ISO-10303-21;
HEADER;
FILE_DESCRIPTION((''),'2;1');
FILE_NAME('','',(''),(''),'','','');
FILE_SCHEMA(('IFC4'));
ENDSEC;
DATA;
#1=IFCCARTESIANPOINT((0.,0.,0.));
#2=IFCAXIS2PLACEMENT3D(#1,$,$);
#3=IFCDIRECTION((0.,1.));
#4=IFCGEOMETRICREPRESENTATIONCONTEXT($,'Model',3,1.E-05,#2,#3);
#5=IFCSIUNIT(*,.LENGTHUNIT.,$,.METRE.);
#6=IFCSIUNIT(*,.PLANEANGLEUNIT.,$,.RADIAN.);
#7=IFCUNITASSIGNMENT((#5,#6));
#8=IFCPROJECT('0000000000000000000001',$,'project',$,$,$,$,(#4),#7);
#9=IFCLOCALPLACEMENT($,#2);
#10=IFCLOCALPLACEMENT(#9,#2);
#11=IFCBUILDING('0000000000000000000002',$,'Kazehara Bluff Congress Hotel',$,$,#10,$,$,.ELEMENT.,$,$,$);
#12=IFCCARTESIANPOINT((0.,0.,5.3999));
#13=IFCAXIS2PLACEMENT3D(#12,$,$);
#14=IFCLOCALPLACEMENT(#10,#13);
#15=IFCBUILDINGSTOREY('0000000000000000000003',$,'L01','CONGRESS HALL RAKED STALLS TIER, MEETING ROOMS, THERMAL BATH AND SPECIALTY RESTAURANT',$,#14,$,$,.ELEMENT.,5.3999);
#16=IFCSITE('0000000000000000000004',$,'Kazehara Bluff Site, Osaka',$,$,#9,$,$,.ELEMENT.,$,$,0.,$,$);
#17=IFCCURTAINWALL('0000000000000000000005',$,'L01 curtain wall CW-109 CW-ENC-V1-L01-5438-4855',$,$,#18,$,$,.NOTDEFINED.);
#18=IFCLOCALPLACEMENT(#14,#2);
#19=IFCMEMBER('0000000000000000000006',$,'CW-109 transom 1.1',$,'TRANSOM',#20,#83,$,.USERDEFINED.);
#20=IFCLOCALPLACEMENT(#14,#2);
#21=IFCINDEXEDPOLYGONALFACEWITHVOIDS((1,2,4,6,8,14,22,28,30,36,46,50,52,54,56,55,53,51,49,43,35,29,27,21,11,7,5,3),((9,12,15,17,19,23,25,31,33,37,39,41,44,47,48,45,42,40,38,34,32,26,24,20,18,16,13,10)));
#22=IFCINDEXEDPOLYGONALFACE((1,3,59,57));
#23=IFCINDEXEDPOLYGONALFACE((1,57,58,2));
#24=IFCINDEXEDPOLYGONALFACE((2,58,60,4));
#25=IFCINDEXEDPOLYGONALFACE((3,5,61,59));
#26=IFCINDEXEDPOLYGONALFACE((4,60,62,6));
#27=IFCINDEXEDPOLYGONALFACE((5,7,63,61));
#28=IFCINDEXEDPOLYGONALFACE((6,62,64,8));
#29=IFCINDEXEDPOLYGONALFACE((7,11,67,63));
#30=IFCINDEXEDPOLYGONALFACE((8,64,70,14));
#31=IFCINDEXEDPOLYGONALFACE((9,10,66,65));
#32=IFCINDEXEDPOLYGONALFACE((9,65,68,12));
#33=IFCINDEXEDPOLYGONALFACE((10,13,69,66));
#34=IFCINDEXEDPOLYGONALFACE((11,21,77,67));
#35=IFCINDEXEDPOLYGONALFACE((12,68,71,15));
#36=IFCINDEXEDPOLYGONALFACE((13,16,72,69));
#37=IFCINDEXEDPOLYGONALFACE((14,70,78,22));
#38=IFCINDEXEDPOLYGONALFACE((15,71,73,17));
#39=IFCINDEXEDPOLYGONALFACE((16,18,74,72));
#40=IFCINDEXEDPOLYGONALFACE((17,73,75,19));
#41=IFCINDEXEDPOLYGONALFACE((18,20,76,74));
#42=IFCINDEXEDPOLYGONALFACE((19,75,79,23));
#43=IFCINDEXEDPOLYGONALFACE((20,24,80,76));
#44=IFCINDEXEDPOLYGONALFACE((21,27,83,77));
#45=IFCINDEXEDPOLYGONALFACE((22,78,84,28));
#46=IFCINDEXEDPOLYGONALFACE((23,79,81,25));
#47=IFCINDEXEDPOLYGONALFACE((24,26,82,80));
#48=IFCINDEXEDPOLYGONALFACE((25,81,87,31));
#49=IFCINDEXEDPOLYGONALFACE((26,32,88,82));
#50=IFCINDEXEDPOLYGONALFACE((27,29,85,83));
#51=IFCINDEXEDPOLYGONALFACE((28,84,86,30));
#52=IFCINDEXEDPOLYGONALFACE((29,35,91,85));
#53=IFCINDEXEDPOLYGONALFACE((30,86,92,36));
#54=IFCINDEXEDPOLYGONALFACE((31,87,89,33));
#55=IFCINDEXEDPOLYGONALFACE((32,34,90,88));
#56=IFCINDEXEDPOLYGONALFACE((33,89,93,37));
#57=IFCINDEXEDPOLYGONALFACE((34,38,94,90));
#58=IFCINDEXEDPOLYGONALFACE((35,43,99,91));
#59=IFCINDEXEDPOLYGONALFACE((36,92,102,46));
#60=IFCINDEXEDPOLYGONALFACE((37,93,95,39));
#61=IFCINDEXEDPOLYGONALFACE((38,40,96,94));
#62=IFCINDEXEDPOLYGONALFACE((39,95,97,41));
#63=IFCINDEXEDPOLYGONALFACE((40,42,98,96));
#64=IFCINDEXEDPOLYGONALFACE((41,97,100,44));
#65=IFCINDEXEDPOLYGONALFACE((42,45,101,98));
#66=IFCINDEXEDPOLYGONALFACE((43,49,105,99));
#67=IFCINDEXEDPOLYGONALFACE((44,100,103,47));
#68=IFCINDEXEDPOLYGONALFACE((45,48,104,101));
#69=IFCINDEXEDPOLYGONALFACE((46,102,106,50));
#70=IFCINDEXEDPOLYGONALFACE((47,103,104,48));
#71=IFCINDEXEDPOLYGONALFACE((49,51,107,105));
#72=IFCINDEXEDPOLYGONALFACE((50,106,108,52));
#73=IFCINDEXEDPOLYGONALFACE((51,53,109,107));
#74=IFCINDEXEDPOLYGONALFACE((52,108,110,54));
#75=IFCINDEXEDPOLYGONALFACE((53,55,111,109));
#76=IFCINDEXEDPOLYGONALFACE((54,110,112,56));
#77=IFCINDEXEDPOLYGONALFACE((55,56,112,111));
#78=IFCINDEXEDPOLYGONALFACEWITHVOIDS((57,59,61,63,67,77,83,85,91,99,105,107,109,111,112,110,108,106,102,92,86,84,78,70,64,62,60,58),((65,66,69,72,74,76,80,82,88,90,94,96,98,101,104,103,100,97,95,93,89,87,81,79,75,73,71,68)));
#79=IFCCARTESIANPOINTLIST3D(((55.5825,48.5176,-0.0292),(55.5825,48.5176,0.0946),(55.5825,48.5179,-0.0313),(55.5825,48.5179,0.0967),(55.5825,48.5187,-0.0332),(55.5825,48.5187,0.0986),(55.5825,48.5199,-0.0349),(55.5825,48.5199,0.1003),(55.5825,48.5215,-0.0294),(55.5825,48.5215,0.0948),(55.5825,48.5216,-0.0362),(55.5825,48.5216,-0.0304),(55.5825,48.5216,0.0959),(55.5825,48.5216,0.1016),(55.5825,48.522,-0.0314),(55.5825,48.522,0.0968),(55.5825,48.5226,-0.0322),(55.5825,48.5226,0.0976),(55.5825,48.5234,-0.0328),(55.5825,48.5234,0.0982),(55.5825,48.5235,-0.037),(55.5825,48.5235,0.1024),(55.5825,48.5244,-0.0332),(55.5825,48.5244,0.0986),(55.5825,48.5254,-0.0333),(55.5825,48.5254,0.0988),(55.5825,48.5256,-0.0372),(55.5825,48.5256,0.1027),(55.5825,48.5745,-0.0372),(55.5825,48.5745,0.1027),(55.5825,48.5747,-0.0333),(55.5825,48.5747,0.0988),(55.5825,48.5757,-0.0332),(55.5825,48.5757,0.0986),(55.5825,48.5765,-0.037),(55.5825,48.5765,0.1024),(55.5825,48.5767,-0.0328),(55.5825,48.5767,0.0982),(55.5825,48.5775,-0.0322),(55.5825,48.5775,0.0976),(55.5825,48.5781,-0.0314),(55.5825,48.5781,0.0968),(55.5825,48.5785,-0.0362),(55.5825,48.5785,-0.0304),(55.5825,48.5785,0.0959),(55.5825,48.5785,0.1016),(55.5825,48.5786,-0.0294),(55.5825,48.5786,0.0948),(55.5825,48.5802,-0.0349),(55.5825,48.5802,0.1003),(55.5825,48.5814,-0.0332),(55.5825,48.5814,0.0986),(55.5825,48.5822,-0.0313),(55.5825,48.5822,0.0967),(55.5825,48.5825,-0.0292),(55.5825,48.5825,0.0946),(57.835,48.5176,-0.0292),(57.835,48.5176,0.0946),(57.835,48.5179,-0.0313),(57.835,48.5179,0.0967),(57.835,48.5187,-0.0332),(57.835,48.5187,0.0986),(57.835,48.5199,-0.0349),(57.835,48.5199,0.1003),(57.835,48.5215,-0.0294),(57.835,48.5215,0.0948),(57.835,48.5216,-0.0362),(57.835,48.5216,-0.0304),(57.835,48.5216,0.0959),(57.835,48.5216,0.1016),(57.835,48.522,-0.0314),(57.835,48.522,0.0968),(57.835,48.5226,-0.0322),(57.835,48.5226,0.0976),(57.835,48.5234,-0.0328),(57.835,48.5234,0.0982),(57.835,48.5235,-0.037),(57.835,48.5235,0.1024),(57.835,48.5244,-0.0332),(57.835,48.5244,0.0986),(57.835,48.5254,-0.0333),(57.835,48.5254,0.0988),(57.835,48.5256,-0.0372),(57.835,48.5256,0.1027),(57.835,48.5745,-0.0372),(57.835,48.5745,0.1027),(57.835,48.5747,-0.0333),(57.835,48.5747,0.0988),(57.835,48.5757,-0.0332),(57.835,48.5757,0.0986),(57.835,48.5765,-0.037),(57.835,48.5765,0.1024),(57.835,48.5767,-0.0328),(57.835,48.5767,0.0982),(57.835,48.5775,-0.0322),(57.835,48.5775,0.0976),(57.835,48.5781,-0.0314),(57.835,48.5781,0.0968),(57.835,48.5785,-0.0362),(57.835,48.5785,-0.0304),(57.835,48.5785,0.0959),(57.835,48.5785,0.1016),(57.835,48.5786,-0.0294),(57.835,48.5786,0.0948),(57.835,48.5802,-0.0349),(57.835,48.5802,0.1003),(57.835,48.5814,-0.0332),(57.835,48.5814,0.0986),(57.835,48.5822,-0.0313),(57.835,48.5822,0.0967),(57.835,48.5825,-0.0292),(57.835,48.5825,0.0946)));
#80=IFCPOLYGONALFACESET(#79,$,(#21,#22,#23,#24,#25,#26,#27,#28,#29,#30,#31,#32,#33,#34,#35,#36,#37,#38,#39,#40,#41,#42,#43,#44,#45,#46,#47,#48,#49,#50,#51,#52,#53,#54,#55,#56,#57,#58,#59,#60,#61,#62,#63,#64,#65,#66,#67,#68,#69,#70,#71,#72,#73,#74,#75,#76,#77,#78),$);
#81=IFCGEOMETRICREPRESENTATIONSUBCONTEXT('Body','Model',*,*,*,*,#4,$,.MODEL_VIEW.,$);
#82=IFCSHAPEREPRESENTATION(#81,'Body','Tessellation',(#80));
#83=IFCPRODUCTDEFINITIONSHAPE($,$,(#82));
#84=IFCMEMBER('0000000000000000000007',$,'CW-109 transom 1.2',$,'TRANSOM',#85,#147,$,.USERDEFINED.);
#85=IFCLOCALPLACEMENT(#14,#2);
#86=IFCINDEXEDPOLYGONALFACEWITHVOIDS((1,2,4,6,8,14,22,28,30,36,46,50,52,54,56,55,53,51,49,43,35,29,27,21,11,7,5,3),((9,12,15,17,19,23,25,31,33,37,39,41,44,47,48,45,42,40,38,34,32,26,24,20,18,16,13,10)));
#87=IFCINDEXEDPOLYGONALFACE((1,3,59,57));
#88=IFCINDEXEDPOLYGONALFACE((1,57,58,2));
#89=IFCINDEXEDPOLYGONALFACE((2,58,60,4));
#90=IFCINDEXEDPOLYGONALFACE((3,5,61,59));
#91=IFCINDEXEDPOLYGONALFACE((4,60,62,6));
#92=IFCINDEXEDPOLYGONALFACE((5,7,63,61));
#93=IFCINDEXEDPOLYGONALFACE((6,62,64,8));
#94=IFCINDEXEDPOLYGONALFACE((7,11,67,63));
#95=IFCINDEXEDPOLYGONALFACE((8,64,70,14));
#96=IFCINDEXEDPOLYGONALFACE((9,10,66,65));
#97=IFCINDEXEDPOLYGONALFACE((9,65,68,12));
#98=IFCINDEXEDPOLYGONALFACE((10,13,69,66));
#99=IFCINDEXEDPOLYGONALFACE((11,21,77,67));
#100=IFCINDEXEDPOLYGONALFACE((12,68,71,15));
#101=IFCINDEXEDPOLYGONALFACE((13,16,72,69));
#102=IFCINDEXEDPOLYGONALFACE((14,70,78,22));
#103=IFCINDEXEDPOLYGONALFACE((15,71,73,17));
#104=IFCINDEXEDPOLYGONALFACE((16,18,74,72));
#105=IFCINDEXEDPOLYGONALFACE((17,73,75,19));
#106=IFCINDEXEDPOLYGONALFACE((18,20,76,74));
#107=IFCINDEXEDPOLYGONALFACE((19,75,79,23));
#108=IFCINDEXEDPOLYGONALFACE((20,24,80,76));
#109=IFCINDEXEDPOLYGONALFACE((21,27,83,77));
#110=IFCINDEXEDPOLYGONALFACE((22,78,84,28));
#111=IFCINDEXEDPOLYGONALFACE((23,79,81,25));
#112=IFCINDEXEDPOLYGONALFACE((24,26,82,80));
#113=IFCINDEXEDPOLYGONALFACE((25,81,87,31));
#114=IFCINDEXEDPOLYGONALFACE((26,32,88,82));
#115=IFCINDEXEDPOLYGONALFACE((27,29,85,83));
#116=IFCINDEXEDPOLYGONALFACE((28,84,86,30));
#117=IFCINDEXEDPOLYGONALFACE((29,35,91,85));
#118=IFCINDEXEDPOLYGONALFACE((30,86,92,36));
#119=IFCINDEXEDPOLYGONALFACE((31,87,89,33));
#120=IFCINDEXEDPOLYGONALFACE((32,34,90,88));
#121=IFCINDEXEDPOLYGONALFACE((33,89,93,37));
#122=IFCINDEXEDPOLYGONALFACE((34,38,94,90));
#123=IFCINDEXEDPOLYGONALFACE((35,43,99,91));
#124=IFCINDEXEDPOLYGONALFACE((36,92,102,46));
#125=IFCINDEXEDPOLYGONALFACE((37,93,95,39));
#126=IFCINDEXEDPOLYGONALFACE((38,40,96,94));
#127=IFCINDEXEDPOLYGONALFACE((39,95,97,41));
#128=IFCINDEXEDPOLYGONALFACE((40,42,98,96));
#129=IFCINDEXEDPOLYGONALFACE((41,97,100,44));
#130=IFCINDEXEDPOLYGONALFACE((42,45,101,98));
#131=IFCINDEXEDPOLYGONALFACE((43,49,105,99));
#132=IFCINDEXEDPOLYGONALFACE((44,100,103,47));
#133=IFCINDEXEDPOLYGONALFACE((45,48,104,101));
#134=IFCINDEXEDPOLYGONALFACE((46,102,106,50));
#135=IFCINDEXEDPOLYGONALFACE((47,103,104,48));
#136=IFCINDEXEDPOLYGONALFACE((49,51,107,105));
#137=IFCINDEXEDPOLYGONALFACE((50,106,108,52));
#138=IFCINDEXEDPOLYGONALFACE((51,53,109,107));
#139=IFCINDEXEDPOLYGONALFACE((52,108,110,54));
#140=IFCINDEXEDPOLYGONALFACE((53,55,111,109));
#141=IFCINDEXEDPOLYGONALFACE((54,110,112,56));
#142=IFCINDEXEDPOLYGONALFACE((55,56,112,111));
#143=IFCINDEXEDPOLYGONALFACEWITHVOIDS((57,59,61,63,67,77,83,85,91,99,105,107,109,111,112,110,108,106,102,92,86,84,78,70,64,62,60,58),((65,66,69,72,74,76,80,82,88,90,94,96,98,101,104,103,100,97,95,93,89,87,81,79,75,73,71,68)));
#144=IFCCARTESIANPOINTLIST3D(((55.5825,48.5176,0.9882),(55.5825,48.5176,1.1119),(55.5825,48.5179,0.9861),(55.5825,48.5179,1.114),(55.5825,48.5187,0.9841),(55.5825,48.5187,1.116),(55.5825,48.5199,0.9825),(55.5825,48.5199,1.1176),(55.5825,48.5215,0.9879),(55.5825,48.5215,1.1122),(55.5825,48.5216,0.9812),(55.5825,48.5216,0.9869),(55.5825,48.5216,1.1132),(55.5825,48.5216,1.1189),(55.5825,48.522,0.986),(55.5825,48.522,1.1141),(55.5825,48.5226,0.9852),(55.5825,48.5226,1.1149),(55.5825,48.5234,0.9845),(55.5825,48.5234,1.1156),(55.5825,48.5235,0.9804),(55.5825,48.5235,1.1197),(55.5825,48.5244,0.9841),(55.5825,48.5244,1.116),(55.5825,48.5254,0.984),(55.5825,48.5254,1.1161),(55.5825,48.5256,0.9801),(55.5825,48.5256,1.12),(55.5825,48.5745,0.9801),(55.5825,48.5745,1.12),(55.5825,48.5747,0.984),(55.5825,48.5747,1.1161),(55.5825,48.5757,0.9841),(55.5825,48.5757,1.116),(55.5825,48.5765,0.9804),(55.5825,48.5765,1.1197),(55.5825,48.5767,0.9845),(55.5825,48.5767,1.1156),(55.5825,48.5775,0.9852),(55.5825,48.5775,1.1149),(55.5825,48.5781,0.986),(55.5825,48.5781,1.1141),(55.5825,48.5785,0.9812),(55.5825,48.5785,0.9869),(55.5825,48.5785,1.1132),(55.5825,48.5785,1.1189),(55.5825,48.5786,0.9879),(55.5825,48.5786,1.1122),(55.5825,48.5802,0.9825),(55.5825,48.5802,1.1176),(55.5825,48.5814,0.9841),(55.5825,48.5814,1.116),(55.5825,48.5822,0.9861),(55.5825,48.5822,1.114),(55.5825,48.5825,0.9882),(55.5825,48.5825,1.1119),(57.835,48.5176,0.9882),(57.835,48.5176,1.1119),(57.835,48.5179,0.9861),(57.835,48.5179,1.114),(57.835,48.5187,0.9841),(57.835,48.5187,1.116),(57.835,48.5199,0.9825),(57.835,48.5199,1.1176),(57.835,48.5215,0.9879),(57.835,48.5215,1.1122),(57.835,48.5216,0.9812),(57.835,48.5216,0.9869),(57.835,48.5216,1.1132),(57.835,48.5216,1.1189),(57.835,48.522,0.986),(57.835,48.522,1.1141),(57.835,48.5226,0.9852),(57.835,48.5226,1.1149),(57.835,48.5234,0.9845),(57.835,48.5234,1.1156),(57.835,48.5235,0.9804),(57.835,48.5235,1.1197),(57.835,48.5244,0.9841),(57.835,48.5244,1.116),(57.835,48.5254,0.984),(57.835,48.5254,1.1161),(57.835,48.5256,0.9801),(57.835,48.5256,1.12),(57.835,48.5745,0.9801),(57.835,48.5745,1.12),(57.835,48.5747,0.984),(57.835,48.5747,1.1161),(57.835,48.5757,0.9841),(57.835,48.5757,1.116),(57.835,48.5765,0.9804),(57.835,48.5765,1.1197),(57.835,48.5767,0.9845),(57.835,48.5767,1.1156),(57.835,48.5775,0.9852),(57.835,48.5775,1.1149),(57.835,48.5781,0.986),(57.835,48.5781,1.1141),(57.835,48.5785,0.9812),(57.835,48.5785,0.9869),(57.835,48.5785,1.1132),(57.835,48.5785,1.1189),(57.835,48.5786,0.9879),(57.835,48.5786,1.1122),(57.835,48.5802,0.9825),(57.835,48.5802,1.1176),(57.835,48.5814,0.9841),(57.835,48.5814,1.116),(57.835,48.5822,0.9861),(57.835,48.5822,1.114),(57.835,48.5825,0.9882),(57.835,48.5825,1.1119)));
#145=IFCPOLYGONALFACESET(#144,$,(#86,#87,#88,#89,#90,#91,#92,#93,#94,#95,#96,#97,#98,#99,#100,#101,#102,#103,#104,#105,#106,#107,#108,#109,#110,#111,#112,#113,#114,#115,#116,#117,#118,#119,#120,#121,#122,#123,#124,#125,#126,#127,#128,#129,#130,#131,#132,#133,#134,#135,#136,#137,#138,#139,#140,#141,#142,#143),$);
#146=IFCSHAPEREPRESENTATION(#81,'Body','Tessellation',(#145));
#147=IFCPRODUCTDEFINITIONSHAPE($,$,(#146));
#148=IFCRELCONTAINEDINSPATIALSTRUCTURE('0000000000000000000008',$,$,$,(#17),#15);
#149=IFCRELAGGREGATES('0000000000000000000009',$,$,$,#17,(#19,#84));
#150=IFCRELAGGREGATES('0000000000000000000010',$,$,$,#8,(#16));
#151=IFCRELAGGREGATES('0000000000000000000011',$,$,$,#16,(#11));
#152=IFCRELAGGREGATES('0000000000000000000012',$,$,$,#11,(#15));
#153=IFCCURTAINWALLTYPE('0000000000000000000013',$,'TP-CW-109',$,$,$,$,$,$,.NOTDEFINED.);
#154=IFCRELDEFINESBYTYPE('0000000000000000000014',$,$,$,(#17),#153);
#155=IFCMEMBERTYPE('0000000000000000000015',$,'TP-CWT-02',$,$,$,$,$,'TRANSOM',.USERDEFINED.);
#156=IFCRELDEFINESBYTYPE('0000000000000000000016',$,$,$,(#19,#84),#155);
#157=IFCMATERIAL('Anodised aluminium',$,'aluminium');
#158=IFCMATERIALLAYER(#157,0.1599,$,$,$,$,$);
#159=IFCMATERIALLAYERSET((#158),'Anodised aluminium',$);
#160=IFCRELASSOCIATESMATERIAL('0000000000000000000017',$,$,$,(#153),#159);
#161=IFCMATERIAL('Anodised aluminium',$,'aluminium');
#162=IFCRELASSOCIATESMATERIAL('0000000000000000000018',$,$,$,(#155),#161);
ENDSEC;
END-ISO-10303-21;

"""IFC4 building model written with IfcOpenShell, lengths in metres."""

from ifc_helpers import new_model, si_unit, direction, frame, origin, origin_2d, place, context, subcontext, project, spatial, hollow_rectangle, extrude, material, layer, layer_set, material_profile, profile_set, type_object, element, aggregate, save


model = new_model("IFC4")

# Units and contexts
model_context = context("Model", 3, precision=1e-05, world=origin(), true_north=direction((0.0, 1.0)))
body_context = subcontext(model_context, "Body", "Model", "MODEL_VIEW")
ifc_project = project(units=[si_unit("LENGTHUNIT", "METRE"), si_unit("PLANEANGLEUNIT", "RADIAN")], contexts=[model_context])

# Site, building, storey
site_placement = place(None, origin())
site = spatial("IfcSite", under=ifc_project, at=site_placement, Name="Kazehara Bluff Site, Osaka", CompositionType="ELEMENT", RefElevation=0.0)
building_placement = place(site_placement, origin())
building = spatial("IfcBuilding", under=site, at=building_placement, Name="Kazehara Bluff Congress Hotel", CompositionType="ELEMENT")
storey_placement = place(building_placement, frame((0.0, 0.0, 5.3999)))
storey = spatial("IfcBuildingStorey", under=building, at=storey_placement, Name="L01", Description="CONGRESS HALL RAKED STALLS TIER, MEETING ROOMS, THERMAL BATH AND SPECIALTY RESTAURANT", CompositionType="ELEMENT", Elevation=5.3999)

# Curtain wall, members
ifc_material_1 = material(Name="Anodised aluminium", Category="aluminium")
ifc_layer_1 = layer(ifc_material_1, 0.1599)
ifc_layer_set_1 = layer_set([ifc_layer_1], Name="Anodised aluminium")
curtain_wall_type_1 = type_object("IfcCurtainWallType", Name="TP-CW-109", PredefinedType="NOTDEFINED", material=ifc_layer_set_1)
curtain_wall_1_placement = place(storey_placement, origin())
curtain_wall_1 = element("IfcCurtainWall", 1, at=curtain_wall_1_placement, inside=storey, type_object=curtain_wall_type_1, Name="L01 curtain wall CW-109 CW-ENC-V1-L01-5438-4855", PredefinedType="NOTDEFINED")
ifc_material_2 = material(Name="Anodised aluminium", Category="aluminium")
ifc_material_profile_1 = material_profile(ifc_material_2, hollow_rectangle(XDim=0.0649, YDim=0.1399, WallThickness=0.0039, InnerFilletRadius=0.0039, OuterFilletRadius=0.0081, at=origin_2d()))
ifc_profile_set_1 = profile_set([ifc_material_profile_1], Name="Anodised aluminium")
member_type_1 = type_object("IfcMemberType", Name="TP-CWT-02", ElementType="TRANSOM", PredefinedType="USERDEFINED", material=ifc_profile_set_1)
member_1_placement = place(storey_placement, frame((57.835, 48.55, 0.0327), z_axis=(-1.0, 0.0, 0.0), x_axis=(0.0, -1.0, 0.0)))
member_1 = element("IfcMember", 2, at=member_1_placement, type_object=member_type_1, Name="CW-109 transom 1.1", ObjectType="TRANSOM", PredefinedType="USERDEFINED", context=body_context, shape_type="SweptSolid", body=[
    extrude(hollow_rectangle(XDim=0.0649, YDim=0.1399, WallThickness=0.0039, InnerFilletRadius=0.0039, OuterFilletRadius=0.0081, at=origin_2d()), origin(), (0.0, 0.0, 1.0), 2.2524),
])
member_2_placement = place(storey_placement, frame((57.835, 48.55, 1.05), z_axis=(-1.0, 0.0, 0.0), x_axis=(0.0, -1.0, 0.0)))
member_2 = element("IfcMember", 3, at=member_2_placement, type_object=member_type_1, Name="CW-109 transom 1.2", ObjectType="TRANSOM", PredefinedType="USERDEFINED", context=body_context, shape_type="SweptSolid", body=[
    extrude(hollow_rectangle(XDim=0.0649, YDim=0.1399, WallThickness=0.0039, InnerFilletRadius=0.0039, OuterFilletRadius=0.0081, at=origin_2d()), origin(), (0.0, 0.0, 1.0), 2.2524),
])

aggregate(curtain_wall_1, [member_1, member_2])

save(model, "model.ifc")
